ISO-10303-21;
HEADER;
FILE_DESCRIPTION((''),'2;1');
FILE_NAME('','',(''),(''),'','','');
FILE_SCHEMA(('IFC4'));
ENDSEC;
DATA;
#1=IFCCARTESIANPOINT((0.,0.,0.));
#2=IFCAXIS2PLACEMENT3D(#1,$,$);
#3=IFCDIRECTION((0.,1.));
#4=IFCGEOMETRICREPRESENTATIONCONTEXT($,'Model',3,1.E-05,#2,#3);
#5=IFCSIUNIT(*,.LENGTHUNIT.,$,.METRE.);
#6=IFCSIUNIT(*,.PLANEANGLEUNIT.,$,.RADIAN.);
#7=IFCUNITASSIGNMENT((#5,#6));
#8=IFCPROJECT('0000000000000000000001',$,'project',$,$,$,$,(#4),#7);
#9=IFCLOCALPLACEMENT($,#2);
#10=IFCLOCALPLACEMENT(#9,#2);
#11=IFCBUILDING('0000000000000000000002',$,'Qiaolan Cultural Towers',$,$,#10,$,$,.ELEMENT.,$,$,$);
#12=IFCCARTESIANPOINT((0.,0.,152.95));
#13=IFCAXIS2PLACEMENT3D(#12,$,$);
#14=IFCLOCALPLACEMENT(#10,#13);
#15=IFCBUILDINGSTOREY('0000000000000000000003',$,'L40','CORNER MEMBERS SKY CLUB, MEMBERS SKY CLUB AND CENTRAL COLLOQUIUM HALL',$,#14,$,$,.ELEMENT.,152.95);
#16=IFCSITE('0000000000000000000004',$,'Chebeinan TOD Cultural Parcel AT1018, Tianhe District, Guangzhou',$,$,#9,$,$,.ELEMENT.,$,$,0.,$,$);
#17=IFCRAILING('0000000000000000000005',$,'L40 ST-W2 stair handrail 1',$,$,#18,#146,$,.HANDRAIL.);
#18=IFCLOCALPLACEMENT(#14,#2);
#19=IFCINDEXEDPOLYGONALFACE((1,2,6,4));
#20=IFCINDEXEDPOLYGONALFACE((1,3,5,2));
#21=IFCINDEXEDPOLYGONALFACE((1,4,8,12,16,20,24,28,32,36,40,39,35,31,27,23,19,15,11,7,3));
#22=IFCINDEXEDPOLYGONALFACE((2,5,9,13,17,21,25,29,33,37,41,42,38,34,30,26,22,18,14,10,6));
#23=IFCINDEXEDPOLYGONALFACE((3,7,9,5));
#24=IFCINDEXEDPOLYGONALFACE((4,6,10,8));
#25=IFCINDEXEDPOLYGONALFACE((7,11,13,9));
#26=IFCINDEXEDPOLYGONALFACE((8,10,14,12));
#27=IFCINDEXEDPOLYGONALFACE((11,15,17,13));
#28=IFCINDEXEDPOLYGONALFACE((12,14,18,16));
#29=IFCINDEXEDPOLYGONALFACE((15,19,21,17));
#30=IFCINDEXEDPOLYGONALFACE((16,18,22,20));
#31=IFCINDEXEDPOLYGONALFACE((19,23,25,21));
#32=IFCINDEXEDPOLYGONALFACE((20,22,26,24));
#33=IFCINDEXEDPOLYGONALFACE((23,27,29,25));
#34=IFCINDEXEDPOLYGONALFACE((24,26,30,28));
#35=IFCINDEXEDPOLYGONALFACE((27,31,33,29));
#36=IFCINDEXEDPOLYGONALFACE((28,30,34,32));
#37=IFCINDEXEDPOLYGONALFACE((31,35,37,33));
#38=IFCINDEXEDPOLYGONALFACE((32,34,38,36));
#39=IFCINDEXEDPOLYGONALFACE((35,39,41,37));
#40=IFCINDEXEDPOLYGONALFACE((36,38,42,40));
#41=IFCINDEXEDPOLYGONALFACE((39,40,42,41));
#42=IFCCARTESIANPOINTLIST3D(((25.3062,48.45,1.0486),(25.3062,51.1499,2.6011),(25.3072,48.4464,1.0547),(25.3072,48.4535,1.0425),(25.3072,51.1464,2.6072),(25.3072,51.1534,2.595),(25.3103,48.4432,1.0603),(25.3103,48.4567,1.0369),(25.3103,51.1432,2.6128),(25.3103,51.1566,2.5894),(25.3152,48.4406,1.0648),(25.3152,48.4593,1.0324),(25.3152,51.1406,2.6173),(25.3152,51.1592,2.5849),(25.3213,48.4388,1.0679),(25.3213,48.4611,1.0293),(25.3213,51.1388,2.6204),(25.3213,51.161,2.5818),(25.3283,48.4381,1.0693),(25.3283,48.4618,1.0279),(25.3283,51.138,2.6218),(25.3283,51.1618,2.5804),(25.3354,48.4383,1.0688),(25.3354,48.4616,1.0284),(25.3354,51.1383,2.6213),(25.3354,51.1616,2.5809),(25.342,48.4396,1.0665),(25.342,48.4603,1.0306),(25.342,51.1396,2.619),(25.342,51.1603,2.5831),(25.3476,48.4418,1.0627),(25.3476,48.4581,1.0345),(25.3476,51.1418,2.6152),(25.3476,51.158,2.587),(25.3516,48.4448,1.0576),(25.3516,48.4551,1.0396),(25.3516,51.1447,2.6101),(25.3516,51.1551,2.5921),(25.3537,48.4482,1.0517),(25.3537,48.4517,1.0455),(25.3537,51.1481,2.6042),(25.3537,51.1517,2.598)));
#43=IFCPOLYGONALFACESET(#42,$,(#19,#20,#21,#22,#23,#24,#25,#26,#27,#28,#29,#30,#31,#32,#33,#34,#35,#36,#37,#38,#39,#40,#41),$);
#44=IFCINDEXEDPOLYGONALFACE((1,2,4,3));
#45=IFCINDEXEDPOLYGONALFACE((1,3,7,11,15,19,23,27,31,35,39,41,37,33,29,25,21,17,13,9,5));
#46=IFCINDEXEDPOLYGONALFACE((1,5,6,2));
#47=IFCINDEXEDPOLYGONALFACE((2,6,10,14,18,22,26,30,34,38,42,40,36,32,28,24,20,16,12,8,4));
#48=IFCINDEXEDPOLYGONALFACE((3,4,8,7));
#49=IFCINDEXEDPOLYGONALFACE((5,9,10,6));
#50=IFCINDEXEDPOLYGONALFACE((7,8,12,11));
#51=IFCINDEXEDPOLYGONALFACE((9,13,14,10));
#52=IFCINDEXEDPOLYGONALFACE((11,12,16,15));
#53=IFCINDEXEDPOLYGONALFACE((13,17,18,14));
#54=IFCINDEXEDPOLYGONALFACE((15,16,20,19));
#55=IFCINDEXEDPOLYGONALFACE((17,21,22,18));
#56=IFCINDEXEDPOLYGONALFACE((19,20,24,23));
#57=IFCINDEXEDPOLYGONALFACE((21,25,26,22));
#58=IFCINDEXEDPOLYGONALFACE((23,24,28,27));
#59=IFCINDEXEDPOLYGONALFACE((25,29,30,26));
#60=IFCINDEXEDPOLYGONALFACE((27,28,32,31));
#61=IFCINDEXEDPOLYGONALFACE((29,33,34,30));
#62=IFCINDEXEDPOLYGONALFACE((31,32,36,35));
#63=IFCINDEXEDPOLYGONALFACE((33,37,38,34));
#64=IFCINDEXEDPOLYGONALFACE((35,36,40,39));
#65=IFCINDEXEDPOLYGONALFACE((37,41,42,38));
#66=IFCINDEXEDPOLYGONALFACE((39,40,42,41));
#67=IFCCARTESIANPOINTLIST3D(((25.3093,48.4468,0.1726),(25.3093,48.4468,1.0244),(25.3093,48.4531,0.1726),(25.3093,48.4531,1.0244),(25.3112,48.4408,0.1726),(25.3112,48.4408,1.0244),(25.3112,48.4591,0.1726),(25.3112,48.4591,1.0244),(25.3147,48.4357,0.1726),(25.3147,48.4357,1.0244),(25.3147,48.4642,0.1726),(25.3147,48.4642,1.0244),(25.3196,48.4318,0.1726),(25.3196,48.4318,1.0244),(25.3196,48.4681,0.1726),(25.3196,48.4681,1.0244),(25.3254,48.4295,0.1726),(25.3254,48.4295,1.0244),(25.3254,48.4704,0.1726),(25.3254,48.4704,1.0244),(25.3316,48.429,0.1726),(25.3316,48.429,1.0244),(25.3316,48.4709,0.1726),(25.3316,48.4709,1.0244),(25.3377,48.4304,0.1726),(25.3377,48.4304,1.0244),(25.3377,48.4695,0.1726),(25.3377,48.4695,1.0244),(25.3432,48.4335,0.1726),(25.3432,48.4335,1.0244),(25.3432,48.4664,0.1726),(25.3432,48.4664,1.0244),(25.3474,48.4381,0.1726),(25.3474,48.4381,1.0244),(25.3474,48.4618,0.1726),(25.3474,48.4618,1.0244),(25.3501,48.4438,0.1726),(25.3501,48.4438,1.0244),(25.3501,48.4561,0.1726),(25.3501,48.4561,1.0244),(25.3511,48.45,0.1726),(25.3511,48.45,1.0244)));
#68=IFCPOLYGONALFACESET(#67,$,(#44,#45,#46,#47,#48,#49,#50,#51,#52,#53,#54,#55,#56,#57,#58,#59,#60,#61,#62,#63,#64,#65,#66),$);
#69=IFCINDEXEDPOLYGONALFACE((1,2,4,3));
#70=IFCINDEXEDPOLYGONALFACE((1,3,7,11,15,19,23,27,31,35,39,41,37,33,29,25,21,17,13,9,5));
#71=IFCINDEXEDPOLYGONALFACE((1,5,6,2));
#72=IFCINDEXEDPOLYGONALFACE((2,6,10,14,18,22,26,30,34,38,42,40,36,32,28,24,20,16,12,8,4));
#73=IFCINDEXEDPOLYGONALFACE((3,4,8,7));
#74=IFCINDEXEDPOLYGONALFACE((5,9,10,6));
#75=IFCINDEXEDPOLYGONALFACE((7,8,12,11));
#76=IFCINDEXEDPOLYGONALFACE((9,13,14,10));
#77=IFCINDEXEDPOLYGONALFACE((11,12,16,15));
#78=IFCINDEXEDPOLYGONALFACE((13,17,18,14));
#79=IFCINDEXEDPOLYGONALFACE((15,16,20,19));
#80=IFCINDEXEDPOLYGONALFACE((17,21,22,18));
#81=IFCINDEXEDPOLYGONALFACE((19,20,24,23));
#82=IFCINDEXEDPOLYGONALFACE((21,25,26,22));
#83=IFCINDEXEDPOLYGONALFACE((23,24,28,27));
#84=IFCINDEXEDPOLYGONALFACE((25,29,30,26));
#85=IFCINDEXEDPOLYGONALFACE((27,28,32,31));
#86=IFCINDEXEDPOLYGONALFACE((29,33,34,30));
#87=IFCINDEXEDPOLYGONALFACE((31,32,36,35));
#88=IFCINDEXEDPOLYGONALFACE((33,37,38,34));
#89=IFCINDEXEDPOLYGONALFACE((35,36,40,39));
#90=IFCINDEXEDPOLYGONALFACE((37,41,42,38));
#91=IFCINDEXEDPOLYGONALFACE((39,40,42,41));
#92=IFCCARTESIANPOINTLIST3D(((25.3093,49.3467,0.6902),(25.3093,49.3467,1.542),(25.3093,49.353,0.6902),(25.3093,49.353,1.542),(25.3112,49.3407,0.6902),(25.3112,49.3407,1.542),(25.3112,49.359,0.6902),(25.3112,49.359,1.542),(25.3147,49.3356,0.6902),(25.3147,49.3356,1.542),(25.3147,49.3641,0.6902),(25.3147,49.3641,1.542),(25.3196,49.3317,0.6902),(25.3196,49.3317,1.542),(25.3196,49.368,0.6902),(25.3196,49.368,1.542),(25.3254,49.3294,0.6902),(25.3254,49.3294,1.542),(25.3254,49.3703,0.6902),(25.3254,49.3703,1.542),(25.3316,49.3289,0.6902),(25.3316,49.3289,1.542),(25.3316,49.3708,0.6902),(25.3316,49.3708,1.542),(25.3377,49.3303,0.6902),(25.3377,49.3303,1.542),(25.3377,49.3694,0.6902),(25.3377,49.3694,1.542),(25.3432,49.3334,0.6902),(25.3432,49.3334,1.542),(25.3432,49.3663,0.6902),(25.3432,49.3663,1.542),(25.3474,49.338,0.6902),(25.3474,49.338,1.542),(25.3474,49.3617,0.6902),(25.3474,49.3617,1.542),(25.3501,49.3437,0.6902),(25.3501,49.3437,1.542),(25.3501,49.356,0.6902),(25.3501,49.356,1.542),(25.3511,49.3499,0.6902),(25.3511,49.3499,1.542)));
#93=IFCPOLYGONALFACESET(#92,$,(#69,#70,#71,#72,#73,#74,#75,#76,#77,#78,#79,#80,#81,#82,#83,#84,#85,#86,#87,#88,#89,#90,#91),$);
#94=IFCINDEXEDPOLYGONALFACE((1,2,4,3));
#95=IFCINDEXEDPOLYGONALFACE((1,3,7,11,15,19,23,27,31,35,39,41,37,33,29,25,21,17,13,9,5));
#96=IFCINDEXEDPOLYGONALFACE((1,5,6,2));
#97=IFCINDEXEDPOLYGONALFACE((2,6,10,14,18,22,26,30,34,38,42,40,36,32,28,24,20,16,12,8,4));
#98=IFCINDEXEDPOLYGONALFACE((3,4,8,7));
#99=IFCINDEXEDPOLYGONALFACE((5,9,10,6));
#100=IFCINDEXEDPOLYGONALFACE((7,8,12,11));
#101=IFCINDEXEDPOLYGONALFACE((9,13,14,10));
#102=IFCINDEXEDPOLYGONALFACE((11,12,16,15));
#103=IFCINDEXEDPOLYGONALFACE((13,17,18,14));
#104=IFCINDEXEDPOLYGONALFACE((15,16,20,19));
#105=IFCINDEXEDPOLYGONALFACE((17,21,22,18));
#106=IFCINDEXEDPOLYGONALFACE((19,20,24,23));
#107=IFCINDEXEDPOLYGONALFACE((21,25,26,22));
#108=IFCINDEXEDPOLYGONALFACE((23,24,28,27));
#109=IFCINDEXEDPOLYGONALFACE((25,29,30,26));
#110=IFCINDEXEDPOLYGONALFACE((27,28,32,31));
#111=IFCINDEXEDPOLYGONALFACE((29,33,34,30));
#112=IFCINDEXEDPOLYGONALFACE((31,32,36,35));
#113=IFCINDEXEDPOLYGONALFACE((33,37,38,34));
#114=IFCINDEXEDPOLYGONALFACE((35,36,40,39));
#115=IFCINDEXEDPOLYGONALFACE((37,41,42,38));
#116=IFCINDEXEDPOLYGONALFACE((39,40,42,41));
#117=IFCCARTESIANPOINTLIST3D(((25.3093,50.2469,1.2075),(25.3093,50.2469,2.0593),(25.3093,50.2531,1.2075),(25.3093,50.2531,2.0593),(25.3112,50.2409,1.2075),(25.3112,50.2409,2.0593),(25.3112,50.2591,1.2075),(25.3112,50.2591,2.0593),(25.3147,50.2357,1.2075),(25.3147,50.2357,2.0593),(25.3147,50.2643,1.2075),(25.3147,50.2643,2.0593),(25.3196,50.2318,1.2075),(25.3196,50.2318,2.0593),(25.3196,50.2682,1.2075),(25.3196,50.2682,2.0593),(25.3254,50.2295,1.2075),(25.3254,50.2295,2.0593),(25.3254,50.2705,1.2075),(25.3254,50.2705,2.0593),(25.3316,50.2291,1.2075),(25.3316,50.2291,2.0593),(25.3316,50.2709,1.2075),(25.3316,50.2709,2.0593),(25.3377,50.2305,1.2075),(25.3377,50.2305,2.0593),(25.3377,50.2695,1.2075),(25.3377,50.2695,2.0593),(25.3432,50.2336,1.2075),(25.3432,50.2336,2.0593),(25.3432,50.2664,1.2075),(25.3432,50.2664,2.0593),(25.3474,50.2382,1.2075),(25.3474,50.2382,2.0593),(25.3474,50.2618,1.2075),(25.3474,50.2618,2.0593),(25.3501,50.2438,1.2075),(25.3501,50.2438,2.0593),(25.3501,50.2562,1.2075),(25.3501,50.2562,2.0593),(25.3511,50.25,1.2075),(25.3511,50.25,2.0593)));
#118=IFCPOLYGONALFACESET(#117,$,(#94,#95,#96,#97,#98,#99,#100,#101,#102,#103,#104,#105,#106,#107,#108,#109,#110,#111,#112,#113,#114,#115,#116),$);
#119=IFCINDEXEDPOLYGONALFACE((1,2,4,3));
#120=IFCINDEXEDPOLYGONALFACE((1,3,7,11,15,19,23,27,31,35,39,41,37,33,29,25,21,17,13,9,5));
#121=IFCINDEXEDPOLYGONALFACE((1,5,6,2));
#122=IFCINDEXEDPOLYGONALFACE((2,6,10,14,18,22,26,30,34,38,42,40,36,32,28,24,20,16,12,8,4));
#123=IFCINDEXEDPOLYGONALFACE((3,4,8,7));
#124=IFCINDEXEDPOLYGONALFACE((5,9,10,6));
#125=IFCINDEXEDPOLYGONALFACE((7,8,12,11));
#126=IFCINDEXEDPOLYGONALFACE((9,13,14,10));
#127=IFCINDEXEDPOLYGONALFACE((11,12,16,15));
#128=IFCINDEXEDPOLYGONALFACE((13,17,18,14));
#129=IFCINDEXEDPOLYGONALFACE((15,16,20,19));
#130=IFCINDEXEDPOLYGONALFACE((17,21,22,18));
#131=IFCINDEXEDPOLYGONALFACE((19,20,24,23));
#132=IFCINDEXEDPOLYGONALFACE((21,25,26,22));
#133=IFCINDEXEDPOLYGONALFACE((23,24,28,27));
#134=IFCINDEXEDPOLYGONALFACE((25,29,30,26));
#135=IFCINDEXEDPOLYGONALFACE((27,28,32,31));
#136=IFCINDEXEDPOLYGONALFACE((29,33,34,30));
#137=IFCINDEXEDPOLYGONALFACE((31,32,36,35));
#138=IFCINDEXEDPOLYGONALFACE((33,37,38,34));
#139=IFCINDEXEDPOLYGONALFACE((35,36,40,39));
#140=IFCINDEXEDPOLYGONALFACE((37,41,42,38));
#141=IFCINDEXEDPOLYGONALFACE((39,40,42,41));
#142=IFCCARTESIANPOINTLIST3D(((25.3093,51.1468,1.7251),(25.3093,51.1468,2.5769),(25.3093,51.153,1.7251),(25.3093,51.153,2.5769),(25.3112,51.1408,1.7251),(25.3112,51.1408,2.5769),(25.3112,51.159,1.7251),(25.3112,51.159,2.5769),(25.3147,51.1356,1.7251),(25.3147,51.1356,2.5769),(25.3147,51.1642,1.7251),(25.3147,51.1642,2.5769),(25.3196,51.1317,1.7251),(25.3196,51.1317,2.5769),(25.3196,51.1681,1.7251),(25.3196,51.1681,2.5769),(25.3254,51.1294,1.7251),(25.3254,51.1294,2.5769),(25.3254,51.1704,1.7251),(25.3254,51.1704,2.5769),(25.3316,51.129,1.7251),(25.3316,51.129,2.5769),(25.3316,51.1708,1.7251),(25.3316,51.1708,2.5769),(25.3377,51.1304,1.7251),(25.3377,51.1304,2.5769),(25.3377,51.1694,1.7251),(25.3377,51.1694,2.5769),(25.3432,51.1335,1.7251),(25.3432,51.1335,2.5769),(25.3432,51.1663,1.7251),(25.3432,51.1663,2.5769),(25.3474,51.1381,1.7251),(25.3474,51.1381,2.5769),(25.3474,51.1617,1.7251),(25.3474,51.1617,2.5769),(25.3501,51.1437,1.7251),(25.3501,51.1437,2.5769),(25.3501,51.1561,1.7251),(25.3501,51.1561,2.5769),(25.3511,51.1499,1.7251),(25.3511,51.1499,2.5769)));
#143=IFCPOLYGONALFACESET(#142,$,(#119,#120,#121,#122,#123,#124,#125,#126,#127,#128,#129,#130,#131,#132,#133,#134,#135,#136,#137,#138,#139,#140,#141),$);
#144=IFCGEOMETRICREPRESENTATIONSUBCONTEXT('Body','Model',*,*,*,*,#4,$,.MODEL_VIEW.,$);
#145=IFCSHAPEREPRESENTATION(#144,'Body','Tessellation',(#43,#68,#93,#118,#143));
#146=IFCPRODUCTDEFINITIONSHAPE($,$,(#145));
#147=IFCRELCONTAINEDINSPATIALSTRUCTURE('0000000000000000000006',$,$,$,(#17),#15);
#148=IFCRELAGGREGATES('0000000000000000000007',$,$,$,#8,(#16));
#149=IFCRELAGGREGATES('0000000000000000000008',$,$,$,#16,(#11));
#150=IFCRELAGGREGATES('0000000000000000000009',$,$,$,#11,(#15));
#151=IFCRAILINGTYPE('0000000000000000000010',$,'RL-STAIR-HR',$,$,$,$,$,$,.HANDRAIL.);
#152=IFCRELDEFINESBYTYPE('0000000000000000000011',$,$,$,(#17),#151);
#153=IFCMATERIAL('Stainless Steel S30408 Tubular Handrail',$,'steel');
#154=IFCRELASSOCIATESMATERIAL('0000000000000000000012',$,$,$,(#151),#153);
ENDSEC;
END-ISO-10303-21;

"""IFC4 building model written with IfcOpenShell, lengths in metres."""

from ifc_helpers import new_model, si_unit, direction, frame, origin, origin_2d, place, context, subcontext, project, spatial, circle, extrude, material, type_object, element, save


model = new_model("IFC4")

# Units and contexts
model_context = context("Model", 3, precision=1e-05, world=origin(), true_north=direction((0.0, 1.0)))
body_context = subcontext(model_context, "Body", "Model", "MODEL_VIEW")
ifc_project = project(units=[si_unit("LENGTHUNIT", "METRE"), si_unit("PLANEANGLEUNIT", "RADIAN")], contexts=[model_context])

# Site, building, storey
site_placement = place(None, origin())
site = spatial("IfcSite", under=ifc_project, at=site_placement, Name="Chebeinan TOD Cultural Parcel AT1018, Tianhe District, Guangzhou", CompositionType="ELEMENT", RefElevation=0.0)
building_placement = place(site_placement, origin())
building = spatial("IfcBuilding", under=site, at=building_placement, Name="Qiaolan Cultural Towers", CompositionType="ELEMENT")
storey_placement = place(building_placement, frame((0.0, 0.0, 152.95)))
storey = spatial("IfcBuildingStorey", under=building, at=storey_placement, Name="L40", Description="CORNER MEMBERS SKY CLUB, MEMBERS SKY CLUB AND CENTRAL COLLOQUIUM HALL", CompositionType="ELEMENT", Elevation=152.95)

# Railing
ifc_material_1 = material(Name="Stainless Steel S30408 Tubular Handrail", Category="steel")
railing_type = type_object("IfcRailingType", Name="RL-STAIR-HR", PredefinedType="HANDRAIL", material=ifc_material_1)
railing_placement = place(storey_placement, frame((25.3301, 48.45, 0.1726)))
element("IfcRailing", 1, at=railing_placement, inside=storey, type_object=railing_type, Name="L40 ST-W2 stair handrail 1", PredefinedType="HANDRAIL", context=body_context, shape_type="SweptSolid", body=[
    extrude(circle(Radius=0.0239, at=origin_2d()), frame((0.0, 0.0, 0.876), z_axis=(0.0, 0.866904, 0.498476), x_axis=(-1.0, 0.0, 0.0)), (0.0, 0.0, 1.0), 3.1145),
    extrude(circle(Radius=0.021, at=origin_2d()), origin(), (0.0, 0.0, 1.0), 0.8518),
    extrude(circle(Radius=0.021, at=origin_2d()), frame((0.0, 0.8999, 0.5176)), (0.0, 0.0, 1.0), 0.8518),
    extrude(circle(Radius=0.021, at=origin_2d()), frame((0.0, 1.8, 1.0349)), (0.0, 0.0, 1.0), 0.8518),
    extrude(circle(Radius=0.021, at=origin_2d()), frame((0.0, 2.7, 1.5525)), (0.0, 0.0, 1.0), 0.8518),
])

save(model, "model.ifc")
